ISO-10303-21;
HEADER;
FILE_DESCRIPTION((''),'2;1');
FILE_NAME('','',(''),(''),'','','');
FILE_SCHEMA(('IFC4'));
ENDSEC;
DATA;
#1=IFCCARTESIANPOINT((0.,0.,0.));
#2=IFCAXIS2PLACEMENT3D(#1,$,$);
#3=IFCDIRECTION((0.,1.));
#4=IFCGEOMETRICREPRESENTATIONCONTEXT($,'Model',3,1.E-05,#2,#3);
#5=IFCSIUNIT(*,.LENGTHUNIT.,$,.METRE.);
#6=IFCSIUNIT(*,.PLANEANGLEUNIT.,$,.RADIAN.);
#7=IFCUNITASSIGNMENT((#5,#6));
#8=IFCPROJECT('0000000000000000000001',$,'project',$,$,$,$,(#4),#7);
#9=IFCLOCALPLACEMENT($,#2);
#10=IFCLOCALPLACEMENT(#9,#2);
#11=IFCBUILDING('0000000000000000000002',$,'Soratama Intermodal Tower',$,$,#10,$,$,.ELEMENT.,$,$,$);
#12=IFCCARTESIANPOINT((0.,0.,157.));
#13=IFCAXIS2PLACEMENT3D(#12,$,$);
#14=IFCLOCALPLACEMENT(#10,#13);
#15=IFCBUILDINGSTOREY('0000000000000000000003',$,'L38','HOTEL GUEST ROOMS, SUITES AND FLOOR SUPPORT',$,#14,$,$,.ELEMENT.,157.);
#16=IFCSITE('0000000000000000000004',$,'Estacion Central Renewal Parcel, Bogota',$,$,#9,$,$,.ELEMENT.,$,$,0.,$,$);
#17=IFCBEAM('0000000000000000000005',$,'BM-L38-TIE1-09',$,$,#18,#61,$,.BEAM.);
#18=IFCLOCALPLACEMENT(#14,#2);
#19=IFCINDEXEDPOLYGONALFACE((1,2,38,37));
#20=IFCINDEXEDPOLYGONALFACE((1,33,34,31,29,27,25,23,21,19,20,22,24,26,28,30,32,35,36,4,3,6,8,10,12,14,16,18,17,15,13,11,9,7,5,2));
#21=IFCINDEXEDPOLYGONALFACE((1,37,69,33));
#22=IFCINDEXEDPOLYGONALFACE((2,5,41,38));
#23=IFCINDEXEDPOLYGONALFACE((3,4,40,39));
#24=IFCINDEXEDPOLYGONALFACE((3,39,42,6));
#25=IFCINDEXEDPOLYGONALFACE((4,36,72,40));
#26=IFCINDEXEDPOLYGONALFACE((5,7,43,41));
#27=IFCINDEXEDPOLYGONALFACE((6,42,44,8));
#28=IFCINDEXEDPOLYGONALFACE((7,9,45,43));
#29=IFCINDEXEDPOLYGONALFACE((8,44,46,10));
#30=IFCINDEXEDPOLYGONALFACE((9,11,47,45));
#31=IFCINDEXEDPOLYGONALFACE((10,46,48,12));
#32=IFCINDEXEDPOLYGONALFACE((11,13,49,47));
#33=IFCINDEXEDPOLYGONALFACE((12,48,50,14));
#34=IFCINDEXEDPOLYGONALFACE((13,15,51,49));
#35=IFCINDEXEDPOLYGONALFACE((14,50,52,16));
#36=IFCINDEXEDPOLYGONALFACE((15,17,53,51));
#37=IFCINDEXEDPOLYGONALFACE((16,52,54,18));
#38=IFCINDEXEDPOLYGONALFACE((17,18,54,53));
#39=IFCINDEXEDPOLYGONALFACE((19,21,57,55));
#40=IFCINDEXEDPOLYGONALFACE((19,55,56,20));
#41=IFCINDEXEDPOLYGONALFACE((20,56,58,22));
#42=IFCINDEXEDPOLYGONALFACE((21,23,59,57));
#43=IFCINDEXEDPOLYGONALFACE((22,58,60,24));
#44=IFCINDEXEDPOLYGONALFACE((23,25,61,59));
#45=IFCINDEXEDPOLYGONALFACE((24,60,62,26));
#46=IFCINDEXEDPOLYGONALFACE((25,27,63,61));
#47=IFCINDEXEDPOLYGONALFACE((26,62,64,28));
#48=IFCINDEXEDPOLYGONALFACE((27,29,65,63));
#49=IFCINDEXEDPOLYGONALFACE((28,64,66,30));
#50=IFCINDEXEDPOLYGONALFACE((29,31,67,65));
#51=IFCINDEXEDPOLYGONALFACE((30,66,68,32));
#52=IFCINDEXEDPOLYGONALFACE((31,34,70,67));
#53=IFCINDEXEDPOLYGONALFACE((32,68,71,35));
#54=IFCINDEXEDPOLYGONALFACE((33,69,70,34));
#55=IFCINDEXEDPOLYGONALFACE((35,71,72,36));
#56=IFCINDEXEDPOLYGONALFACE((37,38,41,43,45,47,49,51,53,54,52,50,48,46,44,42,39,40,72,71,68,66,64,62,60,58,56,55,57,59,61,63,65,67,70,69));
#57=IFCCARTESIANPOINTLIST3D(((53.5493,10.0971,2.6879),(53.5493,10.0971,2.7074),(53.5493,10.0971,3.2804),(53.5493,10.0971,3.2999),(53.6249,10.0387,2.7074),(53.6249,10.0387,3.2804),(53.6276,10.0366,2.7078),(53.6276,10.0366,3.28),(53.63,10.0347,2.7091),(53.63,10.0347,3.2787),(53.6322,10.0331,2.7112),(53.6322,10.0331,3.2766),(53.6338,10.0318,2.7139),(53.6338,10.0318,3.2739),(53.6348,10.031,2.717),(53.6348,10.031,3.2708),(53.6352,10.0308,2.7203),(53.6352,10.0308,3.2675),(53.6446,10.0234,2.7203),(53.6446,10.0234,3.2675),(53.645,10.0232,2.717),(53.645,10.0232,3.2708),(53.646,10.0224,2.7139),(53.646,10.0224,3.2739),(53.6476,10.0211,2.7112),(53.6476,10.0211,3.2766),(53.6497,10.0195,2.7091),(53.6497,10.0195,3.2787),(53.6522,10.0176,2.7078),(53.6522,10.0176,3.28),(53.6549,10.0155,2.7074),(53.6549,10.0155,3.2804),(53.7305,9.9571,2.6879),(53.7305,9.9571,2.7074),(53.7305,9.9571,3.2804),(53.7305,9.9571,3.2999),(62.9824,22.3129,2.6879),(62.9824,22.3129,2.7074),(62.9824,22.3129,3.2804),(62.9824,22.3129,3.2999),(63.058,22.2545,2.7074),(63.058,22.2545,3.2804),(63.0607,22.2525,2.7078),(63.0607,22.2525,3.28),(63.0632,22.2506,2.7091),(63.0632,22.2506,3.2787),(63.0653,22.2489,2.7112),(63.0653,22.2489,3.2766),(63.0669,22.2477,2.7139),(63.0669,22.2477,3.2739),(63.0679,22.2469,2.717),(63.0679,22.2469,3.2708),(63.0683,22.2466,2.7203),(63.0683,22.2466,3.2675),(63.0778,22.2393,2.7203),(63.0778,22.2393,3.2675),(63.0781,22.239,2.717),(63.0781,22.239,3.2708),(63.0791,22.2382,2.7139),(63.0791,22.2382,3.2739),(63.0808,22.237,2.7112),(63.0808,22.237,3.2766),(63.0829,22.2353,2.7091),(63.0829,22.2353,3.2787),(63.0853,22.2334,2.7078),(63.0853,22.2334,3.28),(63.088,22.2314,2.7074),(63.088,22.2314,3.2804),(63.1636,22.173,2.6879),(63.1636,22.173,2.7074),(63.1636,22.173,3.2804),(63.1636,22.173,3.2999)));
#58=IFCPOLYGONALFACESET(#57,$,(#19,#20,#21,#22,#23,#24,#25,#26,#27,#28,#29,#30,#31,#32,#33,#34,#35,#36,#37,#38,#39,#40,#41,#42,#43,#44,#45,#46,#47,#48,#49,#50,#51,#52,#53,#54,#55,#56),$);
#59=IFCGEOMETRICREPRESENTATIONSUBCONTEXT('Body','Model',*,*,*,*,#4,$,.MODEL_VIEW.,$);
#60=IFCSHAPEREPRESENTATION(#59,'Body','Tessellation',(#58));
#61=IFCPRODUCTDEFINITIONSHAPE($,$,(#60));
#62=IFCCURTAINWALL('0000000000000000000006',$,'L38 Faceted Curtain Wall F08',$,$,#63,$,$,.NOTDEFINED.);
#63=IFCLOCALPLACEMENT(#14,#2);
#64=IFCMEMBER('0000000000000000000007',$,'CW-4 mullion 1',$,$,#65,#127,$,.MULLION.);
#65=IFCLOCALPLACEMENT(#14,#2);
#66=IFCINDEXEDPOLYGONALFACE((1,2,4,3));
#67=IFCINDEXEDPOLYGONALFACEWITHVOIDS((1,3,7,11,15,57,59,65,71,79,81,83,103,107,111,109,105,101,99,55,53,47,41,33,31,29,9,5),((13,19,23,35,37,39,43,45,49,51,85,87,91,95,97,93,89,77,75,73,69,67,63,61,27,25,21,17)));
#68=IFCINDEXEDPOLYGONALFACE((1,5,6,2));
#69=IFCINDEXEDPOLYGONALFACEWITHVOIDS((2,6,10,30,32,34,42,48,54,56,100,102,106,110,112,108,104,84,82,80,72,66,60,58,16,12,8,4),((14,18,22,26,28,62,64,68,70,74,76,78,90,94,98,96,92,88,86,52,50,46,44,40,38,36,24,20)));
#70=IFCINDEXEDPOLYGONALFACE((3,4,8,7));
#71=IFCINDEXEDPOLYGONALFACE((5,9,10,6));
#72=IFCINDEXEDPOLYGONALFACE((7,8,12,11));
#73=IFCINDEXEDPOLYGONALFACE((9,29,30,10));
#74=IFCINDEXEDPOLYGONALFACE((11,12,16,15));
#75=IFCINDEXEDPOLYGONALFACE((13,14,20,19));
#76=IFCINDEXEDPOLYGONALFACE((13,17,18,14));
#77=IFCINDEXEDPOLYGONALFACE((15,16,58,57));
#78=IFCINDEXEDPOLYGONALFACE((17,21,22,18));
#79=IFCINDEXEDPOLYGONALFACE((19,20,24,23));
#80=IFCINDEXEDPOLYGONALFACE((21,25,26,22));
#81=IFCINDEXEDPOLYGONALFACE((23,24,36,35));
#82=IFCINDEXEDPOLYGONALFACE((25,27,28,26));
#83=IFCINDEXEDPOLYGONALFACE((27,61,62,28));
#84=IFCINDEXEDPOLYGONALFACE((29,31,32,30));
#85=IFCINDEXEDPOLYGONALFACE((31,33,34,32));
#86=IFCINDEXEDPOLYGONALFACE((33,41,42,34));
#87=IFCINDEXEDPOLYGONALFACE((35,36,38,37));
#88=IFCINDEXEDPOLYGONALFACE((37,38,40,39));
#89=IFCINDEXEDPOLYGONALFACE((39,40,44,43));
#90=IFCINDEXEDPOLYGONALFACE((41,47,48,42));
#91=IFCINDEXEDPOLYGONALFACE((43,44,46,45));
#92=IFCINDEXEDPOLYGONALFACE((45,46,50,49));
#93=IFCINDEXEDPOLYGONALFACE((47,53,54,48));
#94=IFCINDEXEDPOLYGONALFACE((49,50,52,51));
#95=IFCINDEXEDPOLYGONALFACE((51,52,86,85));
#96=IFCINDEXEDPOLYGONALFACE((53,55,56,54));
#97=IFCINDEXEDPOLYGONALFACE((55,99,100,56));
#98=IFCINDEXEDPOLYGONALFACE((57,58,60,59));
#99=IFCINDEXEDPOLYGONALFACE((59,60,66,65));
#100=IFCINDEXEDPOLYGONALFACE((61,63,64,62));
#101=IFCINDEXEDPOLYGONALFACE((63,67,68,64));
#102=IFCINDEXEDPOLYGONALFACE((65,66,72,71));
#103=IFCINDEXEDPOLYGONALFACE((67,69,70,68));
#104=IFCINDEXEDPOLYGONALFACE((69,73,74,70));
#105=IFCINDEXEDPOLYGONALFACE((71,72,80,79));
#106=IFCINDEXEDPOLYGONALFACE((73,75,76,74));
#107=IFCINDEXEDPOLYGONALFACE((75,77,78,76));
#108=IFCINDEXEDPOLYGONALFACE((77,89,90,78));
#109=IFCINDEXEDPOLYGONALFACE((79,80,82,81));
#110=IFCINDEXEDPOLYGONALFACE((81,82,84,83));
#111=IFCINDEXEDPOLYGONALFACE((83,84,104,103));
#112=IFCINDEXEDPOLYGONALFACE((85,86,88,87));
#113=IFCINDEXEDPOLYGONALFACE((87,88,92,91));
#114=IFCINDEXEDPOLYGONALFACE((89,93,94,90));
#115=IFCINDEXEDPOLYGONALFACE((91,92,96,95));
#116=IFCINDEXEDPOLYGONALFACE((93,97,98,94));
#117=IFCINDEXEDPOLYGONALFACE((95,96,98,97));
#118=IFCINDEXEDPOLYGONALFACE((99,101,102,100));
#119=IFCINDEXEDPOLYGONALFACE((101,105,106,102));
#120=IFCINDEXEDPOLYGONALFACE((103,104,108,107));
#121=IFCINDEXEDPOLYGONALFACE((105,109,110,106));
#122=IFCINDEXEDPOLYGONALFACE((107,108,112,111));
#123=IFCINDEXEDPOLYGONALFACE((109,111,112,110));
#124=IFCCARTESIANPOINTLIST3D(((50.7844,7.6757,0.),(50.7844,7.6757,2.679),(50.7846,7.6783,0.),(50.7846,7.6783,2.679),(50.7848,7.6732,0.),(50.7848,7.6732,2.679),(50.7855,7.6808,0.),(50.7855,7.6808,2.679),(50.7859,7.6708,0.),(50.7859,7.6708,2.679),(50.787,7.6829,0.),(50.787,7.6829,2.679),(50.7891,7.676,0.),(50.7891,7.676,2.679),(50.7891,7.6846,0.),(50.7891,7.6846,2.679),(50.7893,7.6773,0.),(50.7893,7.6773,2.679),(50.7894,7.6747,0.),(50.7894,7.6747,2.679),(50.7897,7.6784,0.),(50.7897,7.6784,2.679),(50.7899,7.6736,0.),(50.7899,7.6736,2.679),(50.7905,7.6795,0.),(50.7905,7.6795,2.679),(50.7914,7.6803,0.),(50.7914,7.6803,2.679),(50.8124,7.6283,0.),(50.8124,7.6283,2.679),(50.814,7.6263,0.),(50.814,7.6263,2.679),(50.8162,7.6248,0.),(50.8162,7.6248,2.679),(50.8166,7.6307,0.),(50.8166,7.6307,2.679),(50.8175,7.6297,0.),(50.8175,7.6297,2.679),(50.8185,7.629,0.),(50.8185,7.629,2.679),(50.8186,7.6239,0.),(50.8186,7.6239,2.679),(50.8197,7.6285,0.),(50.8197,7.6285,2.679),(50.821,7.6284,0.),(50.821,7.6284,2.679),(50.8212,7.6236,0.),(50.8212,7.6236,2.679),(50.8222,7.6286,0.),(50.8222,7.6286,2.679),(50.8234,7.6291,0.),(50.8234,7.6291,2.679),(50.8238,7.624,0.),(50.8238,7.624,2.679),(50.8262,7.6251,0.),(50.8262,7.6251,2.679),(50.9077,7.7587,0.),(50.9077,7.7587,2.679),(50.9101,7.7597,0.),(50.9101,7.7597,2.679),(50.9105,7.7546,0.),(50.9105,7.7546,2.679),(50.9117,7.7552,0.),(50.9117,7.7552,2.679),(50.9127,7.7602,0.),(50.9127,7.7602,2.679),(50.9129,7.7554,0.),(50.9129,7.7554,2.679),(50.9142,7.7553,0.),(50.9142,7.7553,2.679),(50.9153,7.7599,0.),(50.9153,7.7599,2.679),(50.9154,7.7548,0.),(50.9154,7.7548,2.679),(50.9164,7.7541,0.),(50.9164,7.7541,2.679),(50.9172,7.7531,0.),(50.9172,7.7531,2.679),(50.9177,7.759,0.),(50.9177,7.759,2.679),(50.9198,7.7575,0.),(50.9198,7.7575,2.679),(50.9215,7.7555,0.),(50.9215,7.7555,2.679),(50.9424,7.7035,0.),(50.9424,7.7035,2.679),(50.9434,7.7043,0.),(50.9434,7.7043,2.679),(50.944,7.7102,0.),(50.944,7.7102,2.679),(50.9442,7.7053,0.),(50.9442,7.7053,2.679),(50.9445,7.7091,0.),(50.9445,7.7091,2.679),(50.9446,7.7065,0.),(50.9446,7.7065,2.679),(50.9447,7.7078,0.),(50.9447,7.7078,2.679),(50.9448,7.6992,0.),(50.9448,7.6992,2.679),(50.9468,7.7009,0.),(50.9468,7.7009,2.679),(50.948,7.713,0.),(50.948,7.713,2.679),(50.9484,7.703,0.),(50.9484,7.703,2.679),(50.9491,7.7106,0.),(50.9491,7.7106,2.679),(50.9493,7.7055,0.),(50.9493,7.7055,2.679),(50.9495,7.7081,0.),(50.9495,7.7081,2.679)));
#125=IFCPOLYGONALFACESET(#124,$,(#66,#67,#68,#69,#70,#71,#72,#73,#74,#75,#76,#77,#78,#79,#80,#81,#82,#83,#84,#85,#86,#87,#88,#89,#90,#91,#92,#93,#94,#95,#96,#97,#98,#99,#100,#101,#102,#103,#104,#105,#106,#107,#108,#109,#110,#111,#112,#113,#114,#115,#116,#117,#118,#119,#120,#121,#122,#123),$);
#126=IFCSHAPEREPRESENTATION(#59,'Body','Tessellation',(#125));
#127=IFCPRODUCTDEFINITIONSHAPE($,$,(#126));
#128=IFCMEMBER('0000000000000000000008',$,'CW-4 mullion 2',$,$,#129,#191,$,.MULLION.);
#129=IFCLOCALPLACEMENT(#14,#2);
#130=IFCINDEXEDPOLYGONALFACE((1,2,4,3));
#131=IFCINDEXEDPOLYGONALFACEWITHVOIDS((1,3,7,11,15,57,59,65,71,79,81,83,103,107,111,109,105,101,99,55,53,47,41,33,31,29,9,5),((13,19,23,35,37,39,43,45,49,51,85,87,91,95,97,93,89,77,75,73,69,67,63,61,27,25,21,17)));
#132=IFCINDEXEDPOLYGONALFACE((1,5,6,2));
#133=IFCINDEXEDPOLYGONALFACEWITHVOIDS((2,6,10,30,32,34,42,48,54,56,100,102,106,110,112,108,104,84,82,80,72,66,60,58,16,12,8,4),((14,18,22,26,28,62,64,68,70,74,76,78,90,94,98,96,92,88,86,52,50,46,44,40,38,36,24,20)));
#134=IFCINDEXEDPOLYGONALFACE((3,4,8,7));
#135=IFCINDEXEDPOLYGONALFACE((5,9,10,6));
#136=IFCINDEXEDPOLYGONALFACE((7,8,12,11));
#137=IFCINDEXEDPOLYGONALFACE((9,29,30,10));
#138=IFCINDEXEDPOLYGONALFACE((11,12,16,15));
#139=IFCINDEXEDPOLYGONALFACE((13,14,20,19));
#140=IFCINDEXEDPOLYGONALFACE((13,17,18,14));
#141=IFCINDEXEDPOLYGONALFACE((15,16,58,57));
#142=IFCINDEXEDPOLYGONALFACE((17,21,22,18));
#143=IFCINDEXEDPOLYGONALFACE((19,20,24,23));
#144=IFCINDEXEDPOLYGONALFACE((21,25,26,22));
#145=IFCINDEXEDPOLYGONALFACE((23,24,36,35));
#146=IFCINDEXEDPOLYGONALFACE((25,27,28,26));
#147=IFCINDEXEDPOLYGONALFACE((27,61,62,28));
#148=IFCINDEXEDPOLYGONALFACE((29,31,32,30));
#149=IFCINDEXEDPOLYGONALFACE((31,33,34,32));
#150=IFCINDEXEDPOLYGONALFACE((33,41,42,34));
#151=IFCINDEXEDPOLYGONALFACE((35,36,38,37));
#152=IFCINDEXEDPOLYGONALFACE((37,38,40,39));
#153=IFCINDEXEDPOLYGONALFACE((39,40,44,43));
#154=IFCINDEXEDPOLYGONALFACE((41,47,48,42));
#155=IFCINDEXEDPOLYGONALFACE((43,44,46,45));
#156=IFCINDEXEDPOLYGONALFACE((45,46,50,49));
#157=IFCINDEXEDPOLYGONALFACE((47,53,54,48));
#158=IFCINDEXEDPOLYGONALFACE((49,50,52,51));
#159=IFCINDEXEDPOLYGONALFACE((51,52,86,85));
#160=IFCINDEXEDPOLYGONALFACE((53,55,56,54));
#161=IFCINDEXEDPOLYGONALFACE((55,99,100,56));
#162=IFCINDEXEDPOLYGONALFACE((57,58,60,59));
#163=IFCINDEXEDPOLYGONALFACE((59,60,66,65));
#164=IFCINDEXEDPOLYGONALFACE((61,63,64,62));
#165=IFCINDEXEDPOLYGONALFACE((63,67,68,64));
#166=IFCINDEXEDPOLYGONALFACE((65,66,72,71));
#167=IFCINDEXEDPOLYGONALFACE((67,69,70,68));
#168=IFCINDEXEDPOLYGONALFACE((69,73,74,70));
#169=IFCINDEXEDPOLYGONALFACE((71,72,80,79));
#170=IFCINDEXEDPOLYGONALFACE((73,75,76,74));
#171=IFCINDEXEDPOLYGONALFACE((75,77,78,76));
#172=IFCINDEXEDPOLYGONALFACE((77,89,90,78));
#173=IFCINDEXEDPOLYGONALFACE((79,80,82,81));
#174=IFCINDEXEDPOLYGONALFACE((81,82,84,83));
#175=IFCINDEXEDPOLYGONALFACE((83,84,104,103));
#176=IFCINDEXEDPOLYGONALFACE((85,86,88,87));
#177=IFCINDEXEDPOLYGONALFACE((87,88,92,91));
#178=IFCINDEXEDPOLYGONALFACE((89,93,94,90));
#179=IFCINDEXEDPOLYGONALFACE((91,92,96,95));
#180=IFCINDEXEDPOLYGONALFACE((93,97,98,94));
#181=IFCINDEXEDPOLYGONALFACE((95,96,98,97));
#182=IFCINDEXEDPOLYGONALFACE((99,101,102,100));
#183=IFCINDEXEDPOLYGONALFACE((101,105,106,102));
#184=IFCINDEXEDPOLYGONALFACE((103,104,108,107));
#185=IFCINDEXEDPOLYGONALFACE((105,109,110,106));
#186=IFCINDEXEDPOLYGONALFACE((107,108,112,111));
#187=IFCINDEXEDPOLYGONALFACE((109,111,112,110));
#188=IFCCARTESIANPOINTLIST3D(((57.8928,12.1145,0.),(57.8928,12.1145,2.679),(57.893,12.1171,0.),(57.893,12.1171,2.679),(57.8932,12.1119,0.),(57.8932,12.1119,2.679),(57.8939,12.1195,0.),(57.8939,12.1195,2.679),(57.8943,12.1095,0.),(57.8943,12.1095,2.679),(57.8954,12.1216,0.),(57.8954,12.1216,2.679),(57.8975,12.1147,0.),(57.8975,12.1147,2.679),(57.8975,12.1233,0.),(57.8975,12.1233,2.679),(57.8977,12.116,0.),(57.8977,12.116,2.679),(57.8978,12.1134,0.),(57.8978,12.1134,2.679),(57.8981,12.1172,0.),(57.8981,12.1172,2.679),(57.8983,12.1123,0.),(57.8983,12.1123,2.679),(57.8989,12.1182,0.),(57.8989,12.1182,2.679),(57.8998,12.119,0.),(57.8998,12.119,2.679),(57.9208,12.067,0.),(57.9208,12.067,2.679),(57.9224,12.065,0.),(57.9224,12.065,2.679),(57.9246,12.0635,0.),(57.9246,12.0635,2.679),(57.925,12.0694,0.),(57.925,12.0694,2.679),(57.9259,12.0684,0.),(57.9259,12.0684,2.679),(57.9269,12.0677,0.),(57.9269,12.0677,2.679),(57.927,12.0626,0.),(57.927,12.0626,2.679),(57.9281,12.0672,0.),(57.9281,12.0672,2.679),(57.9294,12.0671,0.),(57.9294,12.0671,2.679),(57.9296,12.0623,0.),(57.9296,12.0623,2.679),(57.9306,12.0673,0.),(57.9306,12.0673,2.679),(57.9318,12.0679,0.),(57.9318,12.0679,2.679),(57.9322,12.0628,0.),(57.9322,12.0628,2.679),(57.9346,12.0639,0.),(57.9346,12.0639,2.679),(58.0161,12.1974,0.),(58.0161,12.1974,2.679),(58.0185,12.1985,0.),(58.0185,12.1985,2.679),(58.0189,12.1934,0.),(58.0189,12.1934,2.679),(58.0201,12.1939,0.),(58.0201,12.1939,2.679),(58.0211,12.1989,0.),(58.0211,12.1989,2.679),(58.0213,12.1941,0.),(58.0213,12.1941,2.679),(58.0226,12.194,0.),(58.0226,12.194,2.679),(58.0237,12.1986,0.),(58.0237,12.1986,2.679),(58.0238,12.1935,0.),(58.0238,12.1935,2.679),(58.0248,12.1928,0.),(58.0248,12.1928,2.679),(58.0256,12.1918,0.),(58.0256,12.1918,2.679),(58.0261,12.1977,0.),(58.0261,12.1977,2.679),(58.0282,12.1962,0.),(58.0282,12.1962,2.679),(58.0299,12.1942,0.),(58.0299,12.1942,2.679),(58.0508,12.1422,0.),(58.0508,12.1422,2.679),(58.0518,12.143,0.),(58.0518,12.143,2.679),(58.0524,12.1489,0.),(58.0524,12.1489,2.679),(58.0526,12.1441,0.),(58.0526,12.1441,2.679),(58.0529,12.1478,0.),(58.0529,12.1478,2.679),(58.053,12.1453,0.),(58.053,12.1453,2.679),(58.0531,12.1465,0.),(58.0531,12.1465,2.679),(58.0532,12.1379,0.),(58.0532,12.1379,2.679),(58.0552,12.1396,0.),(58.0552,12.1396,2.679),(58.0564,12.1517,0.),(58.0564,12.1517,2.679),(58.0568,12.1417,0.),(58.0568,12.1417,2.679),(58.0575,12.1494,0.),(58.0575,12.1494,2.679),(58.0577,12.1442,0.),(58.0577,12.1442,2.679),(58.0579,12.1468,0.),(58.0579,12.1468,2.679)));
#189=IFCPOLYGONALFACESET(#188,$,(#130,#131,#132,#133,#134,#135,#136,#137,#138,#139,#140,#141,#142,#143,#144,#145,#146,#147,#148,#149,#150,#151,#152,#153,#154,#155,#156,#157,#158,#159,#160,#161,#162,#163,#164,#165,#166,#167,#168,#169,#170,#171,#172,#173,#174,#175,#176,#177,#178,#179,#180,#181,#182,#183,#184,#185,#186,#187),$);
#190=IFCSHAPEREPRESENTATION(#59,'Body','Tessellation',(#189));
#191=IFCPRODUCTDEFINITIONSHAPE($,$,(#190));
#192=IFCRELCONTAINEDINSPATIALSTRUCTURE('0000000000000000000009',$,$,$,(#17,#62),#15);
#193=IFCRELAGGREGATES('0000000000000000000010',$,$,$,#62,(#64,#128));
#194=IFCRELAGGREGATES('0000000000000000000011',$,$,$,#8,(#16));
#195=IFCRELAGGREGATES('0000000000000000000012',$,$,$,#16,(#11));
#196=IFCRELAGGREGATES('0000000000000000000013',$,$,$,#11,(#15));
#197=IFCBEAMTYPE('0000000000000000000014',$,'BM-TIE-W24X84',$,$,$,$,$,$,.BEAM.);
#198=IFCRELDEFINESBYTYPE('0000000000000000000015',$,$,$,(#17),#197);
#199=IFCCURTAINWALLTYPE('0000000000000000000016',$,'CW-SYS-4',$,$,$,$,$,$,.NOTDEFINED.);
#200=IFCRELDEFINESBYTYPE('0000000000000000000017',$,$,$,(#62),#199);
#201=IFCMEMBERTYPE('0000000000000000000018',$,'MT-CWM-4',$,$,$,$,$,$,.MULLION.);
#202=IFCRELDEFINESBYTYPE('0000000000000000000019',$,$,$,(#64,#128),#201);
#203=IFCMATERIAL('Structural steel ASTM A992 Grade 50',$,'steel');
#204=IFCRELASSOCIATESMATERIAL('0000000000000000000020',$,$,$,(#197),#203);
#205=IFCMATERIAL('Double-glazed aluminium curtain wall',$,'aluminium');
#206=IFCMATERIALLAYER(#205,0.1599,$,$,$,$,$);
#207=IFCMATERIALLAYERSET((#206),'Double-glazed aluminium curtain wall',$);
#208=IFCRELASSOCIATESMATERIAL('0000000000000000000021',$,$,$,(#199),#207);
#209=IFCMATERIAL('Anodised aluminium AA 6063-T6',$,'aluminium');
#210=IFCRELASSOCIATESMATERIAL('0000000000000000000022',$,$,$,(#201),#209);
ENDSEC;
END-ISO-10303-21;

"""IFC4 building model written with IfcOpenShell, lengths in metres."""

from ifc_helpers import new_model, si_unit, direction, frame, origin, origin_2d, place, context, subcontext, project, spatial, hollow_rectangle, i_section, extrude, material, layer, layer_set, material_profile, profile_set, type_object, element, aggregate, save


model = new_model("IFC4")

# Units and contexts
model_context = context("Model", 3, precision=1e-05, world=origin(), true_north=direction((0.0, 1.0)))
body_context = subcontext(model_context, "Body", "Model", "MODEL_VIEW")
ifc_project = project(units=[si_unit("LENGTHUNIT", "METRE"), si_unit("PLANEANGLEUNIT", "RADIAN")], contexts=[model_context])

# Site, building, storey
site_placement = place(None, origin())
site = spatial("IfcSite", under=ifc_project, at=site_placement, Name="Estacion Central Renewal Parcel, Bogota", CompositionType="ELEMENT", RefElevation=0.0)
building_placement = place(site_placement, origin())
building = spatial("IfcBuilding", under=site, at=building_placement, Name="Soratama Intermodal Tower", CompositionType="ELEMENT")
storey_placement = place(building_placement, frame((0.0, 0.0, 157.0)))
storey = spatial("IfcBuildingStorey", under=building, at=storey_placement, Name="L38", Description="HOTEL GUEST ROOMS, SUITES AND FLOOR SUPPORT", CompositionType="ELEMENT", Elevation=157.0)

# Beam
ifc_material_1 = material(Name="Structural steel ASTM A992 Grade 50", Category="steel")
ifc_material_profile_1 = material_profile(ifc_material_1, i_section(OverallWidth=0.229, OverallDepth=0.6121, WebThickness=0.012, FlangeThickness=0.0195, FilletRadius=0.0129, at=origin_2d()), Name="W24X84")
ifc_profile_set_1 = profile_set([ifc_material_profile_1], Name="Structural steel ASTM A992 Grade 50")
beam_type_1 = type_object("IfcBeamType", Name="BM-TIE-W24X84", PredefinedType="BEAM", material=ifc_profile_set_1)
beam_1_placement = place(storey_placement, frame((53.6399, 10.0271, 2.9939), z_axis=(0.611188, 0.791485, 0.0), x_axis=(-0.791485, 0.611188, 0.0)))
element("IfcBeam", 1, at=beam_1_placement, inside=storey, type_object=beam_type_1, Name="BM-L38-TIE1-09", PredefinedType="BEAM", context=body_context, shape_type="SweptSolid", body=[
    extrude(i_section(OverallWidth=0.229, OverallDepth=0.6121, WebThickness=0.012, FlangeThickness=0.0195, FilletRadius=0.0129, at=origin_2d()), origin(), (0.0, 0.0, 1.0), 15.4341),
])

# Curtain wall, members
ifc_material_2 = material(Name="Double-glazed aluminium curtain wall", Category="aluminium")
ifc_layer_1 = layer(ifc_material_2, 0.1599)
ifc_layer_set_1 = layer_set([ifc_layer_1], Name="Double-glazed aluminium curtain wall")
curtain_wall_type = type_object("IfcCurtainWallType", Name="CW-SYS-4", PredefinedType="NOTDEFINED", material=ifc_layer_set_1)
curtain_wall_placement = place(storey_placement, origin())
curtain_wall = element("IfcCurtainWall", 2, at=curtain_wall_placement, inside=storey, type_object=curtain_wall_type, Name="L38 Faceted Curtain Wall F08", PredefinedType="NOTDEFINED")
ifc_material_3 = material(Name="Anodised aluminium AA 6063-T6", Category="aluminium")
ifc_material_profile_2 = material_profile(ifc_material_3, hollow_rectangle(XDim=0.0701, YDim=0.1599, WallThickness=0.0049, InnerFilletRadius=0.0049, OuterFilletRadius=0.01, at=origin_2d()), Name="CWM160X70X5")
ifc_profile_set_2 = profile_set([ifc_material_profile_2], Name="Anodised aluminium AA 6063-T6")
member_type_1 = type_object("IfcMemberType", Name="MT-CWM-4", PredefinedType="MULLION", material=ifc_profile_set_2)
member_1_placement = place(storey_placement, frame((50.8669, 7.6919, 0.0), z_axis=(0.0, 0.0, 1.0), x_axis=(-0.52963, 0.848229, 0.0)))
member_1 = element("IfcMember", 3, at=member_1_placement, type_object=member_type_1, Name="CW-4 mullion 1", PredefinedType="MULLION", context=body_context, shape_type="SweptSolid", body=[
    extrude(hollow_rectangle(XDim=0.0701, YDim=0.1599, WallThickness=0.0049, InnerFilletRadius=0.0049, OuterFilletRadius=0.01, at=origin_2d()), origin(), (0.0, 0.0, 1.0), 2.679),
])
member_2_placement = place(storey_placement, frame((57.9753, 12.1306, 0.0), z_axis=(0.0, 0.0, 1.0), x_axis=(-0.52963, 0.848229, 0.0)))
member_2 = element("IfcMember", 4, at=member_2_placement, type_object=member_type_1, Name="CW-4 mullion 2", PredefinedType="MULLION", context=body_context, shape_type="SweptSolid", body=[
    extrude(hollow_rectangle(XDim=0.0701, YDim=0.1599, WallThickness=0.0049, InnerFilletRadius=0.0049, OuterFilletRadius=0.01, at=origin_2d()), origin(), (0.0, 0.0, 1.0), 2.679),
])
aggregate(curtain_wall, [member_1, member_2])

save(model, "model.ifc")
